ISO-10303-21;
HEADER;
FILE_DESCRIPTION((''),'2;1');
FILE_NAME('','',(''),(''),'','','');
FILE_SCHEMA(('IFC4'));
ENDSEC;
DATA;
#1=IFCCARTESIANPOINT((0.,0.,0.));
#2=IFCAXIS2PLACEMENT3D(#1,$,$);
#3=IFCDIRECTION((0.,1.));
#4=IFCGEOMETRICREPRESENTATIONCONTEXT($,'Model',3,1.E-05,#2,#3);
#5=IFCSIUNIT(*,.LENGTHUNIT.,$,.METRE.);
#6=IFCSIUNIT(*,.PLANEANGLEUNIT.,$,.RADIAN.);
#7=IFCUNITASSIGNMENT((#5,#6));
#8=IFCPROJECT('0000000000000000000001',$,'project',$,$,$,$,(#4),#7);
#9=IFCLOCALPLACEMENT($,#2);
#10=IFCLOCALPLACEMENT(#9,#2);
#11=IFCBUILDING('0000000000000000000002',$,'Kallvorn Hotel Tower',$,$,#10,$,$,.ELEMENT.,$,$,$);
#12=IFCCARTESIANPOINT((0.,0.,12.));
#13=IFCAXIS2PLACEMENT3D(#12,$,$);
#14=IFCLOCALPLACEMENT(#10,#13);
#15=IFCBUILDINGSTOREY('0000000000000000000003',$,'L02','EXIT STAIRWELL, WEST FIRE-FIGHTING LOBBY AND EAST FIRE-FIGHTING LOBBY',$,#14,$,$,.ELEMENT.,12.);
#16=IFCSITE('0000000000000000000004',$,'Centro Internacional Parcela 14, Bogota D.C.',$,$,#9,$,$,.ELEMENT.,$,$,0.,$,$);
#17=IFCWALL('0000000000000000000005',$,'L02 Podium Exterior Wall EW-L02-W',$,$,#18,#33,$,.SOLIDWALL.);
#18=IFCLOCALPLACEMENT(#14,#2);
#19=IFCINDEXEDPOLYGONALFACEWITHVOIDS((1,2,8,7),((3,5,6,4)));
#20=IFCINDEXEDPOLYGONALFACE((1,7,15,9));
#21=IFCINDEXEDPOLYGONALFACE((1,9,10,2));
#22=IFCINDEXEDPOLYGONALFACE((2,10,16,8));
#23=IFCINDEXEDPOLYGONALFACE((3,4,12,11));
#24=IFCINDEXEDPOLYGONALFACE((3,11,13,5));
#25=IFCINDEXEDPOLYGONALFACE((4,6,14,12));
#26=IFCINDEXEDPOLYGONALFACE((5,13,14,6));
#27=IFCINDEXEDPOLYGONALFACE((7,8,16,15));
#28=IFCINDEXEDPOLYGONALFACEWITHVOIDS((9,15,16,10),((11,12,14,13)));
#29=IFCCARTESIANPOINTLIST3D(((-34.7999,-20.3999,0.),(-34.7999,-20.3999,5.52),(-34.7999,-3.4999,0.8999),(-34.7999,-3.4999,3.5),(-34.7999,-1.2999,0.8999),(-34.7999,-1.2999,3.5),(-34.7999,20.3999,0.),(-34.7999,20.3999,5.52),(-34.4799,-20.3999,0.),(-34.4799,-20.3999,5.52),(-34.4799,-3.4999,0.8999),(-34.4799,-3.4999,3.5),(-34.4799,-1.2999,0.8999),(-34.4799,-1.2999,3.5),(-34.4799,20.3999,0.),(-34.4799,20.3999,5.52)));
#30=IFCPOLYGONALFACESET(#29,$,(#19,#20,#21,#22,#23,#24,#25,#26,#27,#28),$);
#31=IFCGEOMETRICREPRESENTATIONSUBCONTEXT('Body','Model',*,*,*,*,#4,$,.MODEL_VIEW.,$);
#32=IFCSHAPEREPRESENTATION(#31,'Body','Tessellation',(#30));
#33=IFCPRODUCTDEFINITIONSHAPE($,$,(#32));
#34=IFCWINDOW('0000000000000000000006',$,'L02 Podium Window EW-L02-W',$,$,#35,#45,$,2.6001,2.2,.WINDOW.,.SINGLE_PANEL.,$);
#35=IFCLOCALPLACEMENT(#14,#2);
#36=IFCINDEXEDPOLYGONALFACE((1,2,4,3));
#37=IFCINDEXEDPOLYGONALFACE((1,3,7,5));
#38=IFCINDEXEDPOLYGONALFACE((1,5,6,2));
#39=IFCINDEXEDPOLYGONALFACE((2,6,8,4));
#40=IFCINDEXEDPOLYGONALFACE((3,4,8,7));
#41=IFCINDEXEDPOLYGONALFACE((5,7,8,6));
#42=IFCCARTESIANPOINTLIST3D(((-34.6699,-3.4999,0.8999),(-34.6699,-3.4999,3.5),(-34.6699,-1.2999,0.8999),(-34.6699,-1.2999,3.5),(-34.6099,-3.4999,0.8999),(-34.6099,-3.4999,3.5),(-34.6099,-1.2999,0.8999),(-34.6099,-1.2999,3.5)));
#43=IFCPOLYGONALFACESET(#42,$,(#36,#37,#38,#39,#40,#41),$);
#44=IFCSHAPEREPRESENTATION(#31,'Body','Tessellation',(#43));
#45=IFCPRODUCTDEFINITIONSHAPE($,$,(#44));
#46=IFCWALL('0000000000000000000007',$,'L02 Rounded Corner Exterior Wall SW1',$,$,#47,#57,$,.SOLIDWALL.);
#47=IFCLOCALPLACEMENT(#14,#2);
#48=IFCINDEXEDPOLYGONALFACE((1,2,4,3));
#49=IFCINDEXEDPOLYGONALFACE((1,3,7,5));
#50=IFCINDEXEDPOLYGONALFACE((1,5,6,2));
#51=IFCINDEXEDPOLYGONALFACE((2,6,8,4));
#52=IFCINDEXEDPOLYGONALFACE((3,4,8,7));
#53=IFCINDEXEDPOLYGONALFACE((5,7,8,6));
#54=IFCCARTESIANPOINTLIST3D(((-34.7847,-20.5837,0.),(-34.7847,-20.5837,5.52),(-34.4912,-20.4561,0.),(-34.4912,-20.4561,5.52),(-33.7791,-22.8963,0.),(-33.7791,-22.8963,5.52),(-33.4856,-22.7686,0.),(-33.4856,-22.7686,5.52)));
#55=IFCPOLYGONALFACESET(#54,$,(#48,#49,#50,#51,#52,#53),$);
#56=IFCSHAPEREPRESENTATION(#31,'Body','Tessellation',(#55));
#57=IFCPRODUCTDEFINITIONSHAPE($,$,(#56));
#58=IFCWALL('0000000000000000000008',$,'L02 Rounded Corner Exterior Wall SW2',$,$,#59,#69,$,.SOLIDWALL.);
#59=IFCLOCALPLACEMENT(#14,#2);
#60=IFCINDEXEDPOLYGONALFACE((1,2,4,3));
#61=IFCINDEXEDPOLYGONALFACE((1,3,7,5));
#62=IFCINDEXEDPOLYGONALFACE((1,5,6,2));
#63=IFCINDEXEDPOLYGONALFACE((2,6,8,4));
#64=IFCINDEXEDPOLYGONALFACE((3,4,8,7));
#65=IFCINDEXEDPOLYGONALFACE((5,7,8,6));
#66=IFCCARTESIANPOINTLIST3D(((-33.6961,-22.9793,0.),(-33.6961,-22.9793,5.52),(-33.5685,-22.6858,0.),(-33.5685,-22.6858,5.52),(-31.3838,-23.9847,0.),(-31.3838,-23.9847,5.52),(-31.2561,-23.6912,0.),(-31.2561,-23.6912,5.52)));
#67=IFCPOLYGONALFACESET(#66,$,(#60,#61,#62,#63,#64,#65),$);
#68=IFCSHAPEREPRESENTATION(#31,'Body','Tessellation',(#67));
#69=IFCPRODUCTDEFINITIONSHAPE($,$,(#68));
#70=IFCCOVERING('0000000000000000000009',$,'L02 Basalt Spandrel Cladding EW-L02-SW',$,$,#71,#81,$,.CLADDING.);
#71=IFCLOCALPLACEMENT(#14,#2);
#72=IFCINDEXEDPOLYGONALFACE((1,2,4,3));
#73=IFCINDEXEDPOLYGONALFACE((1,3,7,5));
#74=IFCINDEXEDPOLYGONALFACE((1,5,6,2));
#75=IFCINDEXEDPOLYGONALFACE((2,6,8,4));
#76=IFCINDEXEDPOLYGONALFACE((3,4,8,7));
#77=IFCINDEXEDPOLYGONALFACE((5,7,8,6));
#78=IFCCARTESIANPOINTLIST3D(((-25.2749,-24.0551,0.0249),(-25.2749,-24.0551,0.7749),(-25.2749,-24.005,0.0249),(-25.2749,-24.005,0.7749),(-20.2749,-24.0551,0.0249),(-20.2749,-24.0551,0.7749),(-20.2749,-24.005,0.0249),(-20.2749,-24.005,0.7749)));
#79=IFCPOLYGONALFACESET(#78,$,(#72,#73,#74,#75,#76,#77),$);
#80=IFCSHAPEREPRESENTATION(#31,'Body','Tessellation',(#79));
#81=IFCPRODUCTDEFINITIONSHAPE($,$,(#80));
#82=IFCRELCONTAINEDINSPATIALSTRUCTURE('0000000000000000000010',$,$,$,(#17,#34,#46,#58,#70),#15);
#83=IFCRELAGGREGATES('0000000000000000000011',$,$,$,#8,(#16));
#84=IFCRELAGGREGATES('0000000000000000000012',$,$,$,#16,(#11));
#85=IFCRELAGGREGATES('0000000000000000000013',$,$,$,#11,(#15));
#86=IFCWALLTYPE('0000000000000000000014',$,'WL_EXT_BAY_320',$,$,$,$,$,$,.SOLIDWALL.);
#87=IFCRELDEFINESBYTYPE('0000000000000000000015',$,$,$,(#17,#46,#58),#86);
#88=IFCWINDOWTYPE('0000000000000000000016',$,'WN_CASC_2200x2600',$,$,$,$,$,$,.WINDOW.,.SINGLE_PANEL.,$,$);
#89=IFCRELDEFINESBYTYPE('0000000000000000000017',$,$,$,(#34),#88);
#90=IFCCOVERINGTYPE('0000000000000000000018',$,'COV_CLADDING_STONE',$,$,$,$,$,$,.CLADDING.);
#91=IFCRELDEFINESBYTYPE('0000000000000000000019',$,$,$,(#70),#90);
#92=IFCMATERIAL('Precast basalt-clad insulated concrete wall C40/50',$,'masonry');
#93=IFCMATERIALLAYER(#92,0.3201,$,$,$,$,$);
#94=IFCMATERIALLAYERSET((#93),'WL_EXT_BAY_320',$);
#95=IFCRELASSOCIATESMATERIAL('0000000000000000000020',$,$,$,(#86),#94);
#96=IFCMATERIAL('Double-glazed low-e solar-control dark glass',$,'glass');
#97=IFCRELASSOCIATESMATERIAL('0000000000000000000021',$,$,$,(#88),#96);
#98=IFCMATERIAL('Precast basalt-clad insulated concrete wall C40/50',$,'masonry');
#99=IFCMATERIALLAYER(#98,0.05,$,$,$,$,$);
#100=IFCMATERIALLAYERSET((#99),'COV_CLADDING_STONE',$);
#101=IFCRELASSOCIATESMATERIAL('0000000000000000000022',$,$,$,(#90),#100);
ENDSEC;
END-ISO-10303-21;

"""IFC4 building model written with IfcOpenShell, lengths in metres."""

from ifc_helpers import new_model, si_unit, direction, frame, frame_2d, origin, origin_2d, place, context, subcontext, project, spatial, rectangle, extrude, material, layer, layer_set, type_object, element, fill, save


model = new_model("IFC4")

# Units and contexts
model_context = context("Model", 3, precision=1e-05, world=origin(), true_north=direction((0.0, 1.0)))
body_context = subcontext(model_context, "Body", "Model", "MODEL_VIEW")
ifc_project = project(units=[si_unit("LENGTHUNIT", "METRE"), si_unit("PLANEANGLEUNIT", "RADIAN")], contexts=[model_context])

# Site, building, storey
site_placement = place(None, origin())
site = spatial("IfcSite", under=ifc_project, at=site_placement, Name="Centro Internacional Parcela 14, Bogota D.C.", CompositionType="ELEMENT", RefElevation=0.0)
building_placement = place(site_placement, origin())
building = spatial("IfcBuilding", under=site, at=building_placement, Name="Kallvorn Hotel Tower", CompositionType="ELEMENT")
storey_placement = place(building_placement, frame((0.0, 0.0, 12.0)))
storey = spatial("IfcBuildingStorey", under=building, at=storey_placement, Name="L02", Description="EXIT STAIRWELL, WEST FIRE-FIGHTING LOBBY AND EAST FIRE-FIGHTING LOBBY", CompositionType="ELEMENT", Elevation=12.0)

# Wall, opening, window
ifc_material_1 = material(Name="Precast basalt-clad insulated concrete wall C40/50", Category="masonry")
ifc_layer_1 = layer(ifc_material_1, 0.3201)
ifc_layer_set_1 = layer_set([ifc_layer_1], Name="WL_EXT_BAY_320")
wall_type_1 = type_object("IfcWallType", Name="WL_EXT_BAY_320", PredefinedType="SOLIDWALL", material=ifc_layer_set_1)
wall_1_placement = place(storey_placement, frame((-34.6399, -20.3999, 0.0), z_axis=(0.0, 0.0, 1.0), x_axis=(0.0, 1.0, 0.0)))
wall_1 = element("IfcWall", 1, at=wall_1_placement, inside=storey, type_object=wall_type_1, Name="L02 Podium Exterior Wall EW-L02-W", PredefinedType="SOLIDWALL", context=body_context, shape_type="SweptSolid", body=[
    extrude(rectangle(XDim=40.7998, YDim=0.3201, at=frame_2d((20.3999, 0.0))), origin(), (0.0, 0.0, 1.0), 5.52),
])
opening_placement = place(wall_1_placement, frame((16.8999, 0.0, 0.8999)))
opening = element("IfcOpeningElement", 2, at=opening_placement, cuts=wall_1, PredefinedType="OPENING", context=body_context, shape_type="SweptSolid", body=[
    extrude(rectangle(XDim=2.2, YDim=2.6001, at=frame_2d((1.1001, 1.3))), frame((0.0, 0.175, 0.0), z_axis=(0.0, -1.0, 0.0), x_axis=(1.0, 0.0, 0.0)), (0.0, 0.0, 1.0), 0.3501),
])
ifc_material_2 = material(Name="Double-glazed low-e solar-control dark glass", Category="glass")
window_type = type_object("IfcWindowType", Name="WN_CASC_2200x2600", PartitioningType="SINGLE_PANEL", PredefinedType="WINDOW", material=ifc_material_2)
window_placement = place(opening_placement, origin())
window = element("IfcWindow", 3, at=window_placement, inside=storey, type_object=window_type, Name="L02 Podium Window EW-L02-W", OverallHeight=2.6001, OverallWidth=2.2, PartitioningType="SINGLE_PANEL", PredefinedType="WINDOW", context=body_context, shape_type="SweptSolid", body=[
    extrude(rectangle(XDim=2.2, YDim=2.6001, at=frame_2d((1.1001, 1.3))), frame((0.0, 0.03, 0.0), z_axis=(0.0, -1.0, 0.0), x_axis=(1.0, 0.0, 0.0)), (0.0, 0.0, 1.0), 0.0601),
])
fill(opening, window)

# Walls
wall_2_placement = place(storey_placement, frame((-34.6379, -20.52, 0.0), z_axis=(0.0, 0.0, 1.0), x_axis=(0.398786, -0.917044, 0.0)))
element("IfcWall", 4, at=wall_2_placement, inside=storey, type_object=wall_type_1, Name="L02 Rounded Corner Exterior Wall SW1", PredefinedType="SOLIDWALL", context=body_context, shape_type="SweptSolid", body=[
    extrude(rectangle(XDim=2.5217, YDim=0.3201, at=frame_2d((1.2607, 0.0))), origin(), (0.0, 0.0, 1.0), 5.52),
])
wall_3_placement = place(storey_placement, frame((-33.6323, -22.8325, 0.0), z_axis=(0.0, 0.0, 1.0), x_axis=(0.917064, -0.39874, 0.0)))
element("IfcWall", 5, at=wall_3_placement, inside=storey, type_object=wall_type_1, Name="L02 Rounded Corner Exterior Wall SW2", PredefinedType="SOLIDWALL", context=body_context, shape_type="SweptSolid", body=[
    extrude(rectangle(XDim=2.5215, YDim=0.3201, at=frame_2d((1.2607, 0.0))), origin(), (0.0, 0.0, 1.0), 5.52),
])

# Covering
ifc_material_3 = material(Name="Precast basalt-clad insulated concrete wall C40/50", Category="masonry")
ifc_layer_2 = layer(ifc_material_3, 0.05)
ifc_layer_set_2 = layer_set([ifc_layer_2], Name="COV_CLADDING_STONE")
covering_type = type_object("IfcCoveringType", Name="COV_CLADDING_STONE", PredefinedType="CLADDING", material=ifc_layer_set_2)
covering_placement = place(storey_placement, frame((-22.7749, -24.03, 0.0249), z_axis=(0.0, 0.0, 1.0), x_axis=(1.0, 0.0, 0.0)))
element("IfcCovering", 6, at=covering_placement, inside=storey, type_object=covering_type, Name="L02 Basalt Spandrel Cladding EW-L02-SW", PredefinedType="CLADDING", context=body_context, shape_type="SweptSolid", body=[
    extrude(rectangle(XDim=5.0, YDim=0.05, at=origin_2d()), origin(), (0.0, 0.0, 1.0), 0.75),
])

save(model, "model.ifc")
